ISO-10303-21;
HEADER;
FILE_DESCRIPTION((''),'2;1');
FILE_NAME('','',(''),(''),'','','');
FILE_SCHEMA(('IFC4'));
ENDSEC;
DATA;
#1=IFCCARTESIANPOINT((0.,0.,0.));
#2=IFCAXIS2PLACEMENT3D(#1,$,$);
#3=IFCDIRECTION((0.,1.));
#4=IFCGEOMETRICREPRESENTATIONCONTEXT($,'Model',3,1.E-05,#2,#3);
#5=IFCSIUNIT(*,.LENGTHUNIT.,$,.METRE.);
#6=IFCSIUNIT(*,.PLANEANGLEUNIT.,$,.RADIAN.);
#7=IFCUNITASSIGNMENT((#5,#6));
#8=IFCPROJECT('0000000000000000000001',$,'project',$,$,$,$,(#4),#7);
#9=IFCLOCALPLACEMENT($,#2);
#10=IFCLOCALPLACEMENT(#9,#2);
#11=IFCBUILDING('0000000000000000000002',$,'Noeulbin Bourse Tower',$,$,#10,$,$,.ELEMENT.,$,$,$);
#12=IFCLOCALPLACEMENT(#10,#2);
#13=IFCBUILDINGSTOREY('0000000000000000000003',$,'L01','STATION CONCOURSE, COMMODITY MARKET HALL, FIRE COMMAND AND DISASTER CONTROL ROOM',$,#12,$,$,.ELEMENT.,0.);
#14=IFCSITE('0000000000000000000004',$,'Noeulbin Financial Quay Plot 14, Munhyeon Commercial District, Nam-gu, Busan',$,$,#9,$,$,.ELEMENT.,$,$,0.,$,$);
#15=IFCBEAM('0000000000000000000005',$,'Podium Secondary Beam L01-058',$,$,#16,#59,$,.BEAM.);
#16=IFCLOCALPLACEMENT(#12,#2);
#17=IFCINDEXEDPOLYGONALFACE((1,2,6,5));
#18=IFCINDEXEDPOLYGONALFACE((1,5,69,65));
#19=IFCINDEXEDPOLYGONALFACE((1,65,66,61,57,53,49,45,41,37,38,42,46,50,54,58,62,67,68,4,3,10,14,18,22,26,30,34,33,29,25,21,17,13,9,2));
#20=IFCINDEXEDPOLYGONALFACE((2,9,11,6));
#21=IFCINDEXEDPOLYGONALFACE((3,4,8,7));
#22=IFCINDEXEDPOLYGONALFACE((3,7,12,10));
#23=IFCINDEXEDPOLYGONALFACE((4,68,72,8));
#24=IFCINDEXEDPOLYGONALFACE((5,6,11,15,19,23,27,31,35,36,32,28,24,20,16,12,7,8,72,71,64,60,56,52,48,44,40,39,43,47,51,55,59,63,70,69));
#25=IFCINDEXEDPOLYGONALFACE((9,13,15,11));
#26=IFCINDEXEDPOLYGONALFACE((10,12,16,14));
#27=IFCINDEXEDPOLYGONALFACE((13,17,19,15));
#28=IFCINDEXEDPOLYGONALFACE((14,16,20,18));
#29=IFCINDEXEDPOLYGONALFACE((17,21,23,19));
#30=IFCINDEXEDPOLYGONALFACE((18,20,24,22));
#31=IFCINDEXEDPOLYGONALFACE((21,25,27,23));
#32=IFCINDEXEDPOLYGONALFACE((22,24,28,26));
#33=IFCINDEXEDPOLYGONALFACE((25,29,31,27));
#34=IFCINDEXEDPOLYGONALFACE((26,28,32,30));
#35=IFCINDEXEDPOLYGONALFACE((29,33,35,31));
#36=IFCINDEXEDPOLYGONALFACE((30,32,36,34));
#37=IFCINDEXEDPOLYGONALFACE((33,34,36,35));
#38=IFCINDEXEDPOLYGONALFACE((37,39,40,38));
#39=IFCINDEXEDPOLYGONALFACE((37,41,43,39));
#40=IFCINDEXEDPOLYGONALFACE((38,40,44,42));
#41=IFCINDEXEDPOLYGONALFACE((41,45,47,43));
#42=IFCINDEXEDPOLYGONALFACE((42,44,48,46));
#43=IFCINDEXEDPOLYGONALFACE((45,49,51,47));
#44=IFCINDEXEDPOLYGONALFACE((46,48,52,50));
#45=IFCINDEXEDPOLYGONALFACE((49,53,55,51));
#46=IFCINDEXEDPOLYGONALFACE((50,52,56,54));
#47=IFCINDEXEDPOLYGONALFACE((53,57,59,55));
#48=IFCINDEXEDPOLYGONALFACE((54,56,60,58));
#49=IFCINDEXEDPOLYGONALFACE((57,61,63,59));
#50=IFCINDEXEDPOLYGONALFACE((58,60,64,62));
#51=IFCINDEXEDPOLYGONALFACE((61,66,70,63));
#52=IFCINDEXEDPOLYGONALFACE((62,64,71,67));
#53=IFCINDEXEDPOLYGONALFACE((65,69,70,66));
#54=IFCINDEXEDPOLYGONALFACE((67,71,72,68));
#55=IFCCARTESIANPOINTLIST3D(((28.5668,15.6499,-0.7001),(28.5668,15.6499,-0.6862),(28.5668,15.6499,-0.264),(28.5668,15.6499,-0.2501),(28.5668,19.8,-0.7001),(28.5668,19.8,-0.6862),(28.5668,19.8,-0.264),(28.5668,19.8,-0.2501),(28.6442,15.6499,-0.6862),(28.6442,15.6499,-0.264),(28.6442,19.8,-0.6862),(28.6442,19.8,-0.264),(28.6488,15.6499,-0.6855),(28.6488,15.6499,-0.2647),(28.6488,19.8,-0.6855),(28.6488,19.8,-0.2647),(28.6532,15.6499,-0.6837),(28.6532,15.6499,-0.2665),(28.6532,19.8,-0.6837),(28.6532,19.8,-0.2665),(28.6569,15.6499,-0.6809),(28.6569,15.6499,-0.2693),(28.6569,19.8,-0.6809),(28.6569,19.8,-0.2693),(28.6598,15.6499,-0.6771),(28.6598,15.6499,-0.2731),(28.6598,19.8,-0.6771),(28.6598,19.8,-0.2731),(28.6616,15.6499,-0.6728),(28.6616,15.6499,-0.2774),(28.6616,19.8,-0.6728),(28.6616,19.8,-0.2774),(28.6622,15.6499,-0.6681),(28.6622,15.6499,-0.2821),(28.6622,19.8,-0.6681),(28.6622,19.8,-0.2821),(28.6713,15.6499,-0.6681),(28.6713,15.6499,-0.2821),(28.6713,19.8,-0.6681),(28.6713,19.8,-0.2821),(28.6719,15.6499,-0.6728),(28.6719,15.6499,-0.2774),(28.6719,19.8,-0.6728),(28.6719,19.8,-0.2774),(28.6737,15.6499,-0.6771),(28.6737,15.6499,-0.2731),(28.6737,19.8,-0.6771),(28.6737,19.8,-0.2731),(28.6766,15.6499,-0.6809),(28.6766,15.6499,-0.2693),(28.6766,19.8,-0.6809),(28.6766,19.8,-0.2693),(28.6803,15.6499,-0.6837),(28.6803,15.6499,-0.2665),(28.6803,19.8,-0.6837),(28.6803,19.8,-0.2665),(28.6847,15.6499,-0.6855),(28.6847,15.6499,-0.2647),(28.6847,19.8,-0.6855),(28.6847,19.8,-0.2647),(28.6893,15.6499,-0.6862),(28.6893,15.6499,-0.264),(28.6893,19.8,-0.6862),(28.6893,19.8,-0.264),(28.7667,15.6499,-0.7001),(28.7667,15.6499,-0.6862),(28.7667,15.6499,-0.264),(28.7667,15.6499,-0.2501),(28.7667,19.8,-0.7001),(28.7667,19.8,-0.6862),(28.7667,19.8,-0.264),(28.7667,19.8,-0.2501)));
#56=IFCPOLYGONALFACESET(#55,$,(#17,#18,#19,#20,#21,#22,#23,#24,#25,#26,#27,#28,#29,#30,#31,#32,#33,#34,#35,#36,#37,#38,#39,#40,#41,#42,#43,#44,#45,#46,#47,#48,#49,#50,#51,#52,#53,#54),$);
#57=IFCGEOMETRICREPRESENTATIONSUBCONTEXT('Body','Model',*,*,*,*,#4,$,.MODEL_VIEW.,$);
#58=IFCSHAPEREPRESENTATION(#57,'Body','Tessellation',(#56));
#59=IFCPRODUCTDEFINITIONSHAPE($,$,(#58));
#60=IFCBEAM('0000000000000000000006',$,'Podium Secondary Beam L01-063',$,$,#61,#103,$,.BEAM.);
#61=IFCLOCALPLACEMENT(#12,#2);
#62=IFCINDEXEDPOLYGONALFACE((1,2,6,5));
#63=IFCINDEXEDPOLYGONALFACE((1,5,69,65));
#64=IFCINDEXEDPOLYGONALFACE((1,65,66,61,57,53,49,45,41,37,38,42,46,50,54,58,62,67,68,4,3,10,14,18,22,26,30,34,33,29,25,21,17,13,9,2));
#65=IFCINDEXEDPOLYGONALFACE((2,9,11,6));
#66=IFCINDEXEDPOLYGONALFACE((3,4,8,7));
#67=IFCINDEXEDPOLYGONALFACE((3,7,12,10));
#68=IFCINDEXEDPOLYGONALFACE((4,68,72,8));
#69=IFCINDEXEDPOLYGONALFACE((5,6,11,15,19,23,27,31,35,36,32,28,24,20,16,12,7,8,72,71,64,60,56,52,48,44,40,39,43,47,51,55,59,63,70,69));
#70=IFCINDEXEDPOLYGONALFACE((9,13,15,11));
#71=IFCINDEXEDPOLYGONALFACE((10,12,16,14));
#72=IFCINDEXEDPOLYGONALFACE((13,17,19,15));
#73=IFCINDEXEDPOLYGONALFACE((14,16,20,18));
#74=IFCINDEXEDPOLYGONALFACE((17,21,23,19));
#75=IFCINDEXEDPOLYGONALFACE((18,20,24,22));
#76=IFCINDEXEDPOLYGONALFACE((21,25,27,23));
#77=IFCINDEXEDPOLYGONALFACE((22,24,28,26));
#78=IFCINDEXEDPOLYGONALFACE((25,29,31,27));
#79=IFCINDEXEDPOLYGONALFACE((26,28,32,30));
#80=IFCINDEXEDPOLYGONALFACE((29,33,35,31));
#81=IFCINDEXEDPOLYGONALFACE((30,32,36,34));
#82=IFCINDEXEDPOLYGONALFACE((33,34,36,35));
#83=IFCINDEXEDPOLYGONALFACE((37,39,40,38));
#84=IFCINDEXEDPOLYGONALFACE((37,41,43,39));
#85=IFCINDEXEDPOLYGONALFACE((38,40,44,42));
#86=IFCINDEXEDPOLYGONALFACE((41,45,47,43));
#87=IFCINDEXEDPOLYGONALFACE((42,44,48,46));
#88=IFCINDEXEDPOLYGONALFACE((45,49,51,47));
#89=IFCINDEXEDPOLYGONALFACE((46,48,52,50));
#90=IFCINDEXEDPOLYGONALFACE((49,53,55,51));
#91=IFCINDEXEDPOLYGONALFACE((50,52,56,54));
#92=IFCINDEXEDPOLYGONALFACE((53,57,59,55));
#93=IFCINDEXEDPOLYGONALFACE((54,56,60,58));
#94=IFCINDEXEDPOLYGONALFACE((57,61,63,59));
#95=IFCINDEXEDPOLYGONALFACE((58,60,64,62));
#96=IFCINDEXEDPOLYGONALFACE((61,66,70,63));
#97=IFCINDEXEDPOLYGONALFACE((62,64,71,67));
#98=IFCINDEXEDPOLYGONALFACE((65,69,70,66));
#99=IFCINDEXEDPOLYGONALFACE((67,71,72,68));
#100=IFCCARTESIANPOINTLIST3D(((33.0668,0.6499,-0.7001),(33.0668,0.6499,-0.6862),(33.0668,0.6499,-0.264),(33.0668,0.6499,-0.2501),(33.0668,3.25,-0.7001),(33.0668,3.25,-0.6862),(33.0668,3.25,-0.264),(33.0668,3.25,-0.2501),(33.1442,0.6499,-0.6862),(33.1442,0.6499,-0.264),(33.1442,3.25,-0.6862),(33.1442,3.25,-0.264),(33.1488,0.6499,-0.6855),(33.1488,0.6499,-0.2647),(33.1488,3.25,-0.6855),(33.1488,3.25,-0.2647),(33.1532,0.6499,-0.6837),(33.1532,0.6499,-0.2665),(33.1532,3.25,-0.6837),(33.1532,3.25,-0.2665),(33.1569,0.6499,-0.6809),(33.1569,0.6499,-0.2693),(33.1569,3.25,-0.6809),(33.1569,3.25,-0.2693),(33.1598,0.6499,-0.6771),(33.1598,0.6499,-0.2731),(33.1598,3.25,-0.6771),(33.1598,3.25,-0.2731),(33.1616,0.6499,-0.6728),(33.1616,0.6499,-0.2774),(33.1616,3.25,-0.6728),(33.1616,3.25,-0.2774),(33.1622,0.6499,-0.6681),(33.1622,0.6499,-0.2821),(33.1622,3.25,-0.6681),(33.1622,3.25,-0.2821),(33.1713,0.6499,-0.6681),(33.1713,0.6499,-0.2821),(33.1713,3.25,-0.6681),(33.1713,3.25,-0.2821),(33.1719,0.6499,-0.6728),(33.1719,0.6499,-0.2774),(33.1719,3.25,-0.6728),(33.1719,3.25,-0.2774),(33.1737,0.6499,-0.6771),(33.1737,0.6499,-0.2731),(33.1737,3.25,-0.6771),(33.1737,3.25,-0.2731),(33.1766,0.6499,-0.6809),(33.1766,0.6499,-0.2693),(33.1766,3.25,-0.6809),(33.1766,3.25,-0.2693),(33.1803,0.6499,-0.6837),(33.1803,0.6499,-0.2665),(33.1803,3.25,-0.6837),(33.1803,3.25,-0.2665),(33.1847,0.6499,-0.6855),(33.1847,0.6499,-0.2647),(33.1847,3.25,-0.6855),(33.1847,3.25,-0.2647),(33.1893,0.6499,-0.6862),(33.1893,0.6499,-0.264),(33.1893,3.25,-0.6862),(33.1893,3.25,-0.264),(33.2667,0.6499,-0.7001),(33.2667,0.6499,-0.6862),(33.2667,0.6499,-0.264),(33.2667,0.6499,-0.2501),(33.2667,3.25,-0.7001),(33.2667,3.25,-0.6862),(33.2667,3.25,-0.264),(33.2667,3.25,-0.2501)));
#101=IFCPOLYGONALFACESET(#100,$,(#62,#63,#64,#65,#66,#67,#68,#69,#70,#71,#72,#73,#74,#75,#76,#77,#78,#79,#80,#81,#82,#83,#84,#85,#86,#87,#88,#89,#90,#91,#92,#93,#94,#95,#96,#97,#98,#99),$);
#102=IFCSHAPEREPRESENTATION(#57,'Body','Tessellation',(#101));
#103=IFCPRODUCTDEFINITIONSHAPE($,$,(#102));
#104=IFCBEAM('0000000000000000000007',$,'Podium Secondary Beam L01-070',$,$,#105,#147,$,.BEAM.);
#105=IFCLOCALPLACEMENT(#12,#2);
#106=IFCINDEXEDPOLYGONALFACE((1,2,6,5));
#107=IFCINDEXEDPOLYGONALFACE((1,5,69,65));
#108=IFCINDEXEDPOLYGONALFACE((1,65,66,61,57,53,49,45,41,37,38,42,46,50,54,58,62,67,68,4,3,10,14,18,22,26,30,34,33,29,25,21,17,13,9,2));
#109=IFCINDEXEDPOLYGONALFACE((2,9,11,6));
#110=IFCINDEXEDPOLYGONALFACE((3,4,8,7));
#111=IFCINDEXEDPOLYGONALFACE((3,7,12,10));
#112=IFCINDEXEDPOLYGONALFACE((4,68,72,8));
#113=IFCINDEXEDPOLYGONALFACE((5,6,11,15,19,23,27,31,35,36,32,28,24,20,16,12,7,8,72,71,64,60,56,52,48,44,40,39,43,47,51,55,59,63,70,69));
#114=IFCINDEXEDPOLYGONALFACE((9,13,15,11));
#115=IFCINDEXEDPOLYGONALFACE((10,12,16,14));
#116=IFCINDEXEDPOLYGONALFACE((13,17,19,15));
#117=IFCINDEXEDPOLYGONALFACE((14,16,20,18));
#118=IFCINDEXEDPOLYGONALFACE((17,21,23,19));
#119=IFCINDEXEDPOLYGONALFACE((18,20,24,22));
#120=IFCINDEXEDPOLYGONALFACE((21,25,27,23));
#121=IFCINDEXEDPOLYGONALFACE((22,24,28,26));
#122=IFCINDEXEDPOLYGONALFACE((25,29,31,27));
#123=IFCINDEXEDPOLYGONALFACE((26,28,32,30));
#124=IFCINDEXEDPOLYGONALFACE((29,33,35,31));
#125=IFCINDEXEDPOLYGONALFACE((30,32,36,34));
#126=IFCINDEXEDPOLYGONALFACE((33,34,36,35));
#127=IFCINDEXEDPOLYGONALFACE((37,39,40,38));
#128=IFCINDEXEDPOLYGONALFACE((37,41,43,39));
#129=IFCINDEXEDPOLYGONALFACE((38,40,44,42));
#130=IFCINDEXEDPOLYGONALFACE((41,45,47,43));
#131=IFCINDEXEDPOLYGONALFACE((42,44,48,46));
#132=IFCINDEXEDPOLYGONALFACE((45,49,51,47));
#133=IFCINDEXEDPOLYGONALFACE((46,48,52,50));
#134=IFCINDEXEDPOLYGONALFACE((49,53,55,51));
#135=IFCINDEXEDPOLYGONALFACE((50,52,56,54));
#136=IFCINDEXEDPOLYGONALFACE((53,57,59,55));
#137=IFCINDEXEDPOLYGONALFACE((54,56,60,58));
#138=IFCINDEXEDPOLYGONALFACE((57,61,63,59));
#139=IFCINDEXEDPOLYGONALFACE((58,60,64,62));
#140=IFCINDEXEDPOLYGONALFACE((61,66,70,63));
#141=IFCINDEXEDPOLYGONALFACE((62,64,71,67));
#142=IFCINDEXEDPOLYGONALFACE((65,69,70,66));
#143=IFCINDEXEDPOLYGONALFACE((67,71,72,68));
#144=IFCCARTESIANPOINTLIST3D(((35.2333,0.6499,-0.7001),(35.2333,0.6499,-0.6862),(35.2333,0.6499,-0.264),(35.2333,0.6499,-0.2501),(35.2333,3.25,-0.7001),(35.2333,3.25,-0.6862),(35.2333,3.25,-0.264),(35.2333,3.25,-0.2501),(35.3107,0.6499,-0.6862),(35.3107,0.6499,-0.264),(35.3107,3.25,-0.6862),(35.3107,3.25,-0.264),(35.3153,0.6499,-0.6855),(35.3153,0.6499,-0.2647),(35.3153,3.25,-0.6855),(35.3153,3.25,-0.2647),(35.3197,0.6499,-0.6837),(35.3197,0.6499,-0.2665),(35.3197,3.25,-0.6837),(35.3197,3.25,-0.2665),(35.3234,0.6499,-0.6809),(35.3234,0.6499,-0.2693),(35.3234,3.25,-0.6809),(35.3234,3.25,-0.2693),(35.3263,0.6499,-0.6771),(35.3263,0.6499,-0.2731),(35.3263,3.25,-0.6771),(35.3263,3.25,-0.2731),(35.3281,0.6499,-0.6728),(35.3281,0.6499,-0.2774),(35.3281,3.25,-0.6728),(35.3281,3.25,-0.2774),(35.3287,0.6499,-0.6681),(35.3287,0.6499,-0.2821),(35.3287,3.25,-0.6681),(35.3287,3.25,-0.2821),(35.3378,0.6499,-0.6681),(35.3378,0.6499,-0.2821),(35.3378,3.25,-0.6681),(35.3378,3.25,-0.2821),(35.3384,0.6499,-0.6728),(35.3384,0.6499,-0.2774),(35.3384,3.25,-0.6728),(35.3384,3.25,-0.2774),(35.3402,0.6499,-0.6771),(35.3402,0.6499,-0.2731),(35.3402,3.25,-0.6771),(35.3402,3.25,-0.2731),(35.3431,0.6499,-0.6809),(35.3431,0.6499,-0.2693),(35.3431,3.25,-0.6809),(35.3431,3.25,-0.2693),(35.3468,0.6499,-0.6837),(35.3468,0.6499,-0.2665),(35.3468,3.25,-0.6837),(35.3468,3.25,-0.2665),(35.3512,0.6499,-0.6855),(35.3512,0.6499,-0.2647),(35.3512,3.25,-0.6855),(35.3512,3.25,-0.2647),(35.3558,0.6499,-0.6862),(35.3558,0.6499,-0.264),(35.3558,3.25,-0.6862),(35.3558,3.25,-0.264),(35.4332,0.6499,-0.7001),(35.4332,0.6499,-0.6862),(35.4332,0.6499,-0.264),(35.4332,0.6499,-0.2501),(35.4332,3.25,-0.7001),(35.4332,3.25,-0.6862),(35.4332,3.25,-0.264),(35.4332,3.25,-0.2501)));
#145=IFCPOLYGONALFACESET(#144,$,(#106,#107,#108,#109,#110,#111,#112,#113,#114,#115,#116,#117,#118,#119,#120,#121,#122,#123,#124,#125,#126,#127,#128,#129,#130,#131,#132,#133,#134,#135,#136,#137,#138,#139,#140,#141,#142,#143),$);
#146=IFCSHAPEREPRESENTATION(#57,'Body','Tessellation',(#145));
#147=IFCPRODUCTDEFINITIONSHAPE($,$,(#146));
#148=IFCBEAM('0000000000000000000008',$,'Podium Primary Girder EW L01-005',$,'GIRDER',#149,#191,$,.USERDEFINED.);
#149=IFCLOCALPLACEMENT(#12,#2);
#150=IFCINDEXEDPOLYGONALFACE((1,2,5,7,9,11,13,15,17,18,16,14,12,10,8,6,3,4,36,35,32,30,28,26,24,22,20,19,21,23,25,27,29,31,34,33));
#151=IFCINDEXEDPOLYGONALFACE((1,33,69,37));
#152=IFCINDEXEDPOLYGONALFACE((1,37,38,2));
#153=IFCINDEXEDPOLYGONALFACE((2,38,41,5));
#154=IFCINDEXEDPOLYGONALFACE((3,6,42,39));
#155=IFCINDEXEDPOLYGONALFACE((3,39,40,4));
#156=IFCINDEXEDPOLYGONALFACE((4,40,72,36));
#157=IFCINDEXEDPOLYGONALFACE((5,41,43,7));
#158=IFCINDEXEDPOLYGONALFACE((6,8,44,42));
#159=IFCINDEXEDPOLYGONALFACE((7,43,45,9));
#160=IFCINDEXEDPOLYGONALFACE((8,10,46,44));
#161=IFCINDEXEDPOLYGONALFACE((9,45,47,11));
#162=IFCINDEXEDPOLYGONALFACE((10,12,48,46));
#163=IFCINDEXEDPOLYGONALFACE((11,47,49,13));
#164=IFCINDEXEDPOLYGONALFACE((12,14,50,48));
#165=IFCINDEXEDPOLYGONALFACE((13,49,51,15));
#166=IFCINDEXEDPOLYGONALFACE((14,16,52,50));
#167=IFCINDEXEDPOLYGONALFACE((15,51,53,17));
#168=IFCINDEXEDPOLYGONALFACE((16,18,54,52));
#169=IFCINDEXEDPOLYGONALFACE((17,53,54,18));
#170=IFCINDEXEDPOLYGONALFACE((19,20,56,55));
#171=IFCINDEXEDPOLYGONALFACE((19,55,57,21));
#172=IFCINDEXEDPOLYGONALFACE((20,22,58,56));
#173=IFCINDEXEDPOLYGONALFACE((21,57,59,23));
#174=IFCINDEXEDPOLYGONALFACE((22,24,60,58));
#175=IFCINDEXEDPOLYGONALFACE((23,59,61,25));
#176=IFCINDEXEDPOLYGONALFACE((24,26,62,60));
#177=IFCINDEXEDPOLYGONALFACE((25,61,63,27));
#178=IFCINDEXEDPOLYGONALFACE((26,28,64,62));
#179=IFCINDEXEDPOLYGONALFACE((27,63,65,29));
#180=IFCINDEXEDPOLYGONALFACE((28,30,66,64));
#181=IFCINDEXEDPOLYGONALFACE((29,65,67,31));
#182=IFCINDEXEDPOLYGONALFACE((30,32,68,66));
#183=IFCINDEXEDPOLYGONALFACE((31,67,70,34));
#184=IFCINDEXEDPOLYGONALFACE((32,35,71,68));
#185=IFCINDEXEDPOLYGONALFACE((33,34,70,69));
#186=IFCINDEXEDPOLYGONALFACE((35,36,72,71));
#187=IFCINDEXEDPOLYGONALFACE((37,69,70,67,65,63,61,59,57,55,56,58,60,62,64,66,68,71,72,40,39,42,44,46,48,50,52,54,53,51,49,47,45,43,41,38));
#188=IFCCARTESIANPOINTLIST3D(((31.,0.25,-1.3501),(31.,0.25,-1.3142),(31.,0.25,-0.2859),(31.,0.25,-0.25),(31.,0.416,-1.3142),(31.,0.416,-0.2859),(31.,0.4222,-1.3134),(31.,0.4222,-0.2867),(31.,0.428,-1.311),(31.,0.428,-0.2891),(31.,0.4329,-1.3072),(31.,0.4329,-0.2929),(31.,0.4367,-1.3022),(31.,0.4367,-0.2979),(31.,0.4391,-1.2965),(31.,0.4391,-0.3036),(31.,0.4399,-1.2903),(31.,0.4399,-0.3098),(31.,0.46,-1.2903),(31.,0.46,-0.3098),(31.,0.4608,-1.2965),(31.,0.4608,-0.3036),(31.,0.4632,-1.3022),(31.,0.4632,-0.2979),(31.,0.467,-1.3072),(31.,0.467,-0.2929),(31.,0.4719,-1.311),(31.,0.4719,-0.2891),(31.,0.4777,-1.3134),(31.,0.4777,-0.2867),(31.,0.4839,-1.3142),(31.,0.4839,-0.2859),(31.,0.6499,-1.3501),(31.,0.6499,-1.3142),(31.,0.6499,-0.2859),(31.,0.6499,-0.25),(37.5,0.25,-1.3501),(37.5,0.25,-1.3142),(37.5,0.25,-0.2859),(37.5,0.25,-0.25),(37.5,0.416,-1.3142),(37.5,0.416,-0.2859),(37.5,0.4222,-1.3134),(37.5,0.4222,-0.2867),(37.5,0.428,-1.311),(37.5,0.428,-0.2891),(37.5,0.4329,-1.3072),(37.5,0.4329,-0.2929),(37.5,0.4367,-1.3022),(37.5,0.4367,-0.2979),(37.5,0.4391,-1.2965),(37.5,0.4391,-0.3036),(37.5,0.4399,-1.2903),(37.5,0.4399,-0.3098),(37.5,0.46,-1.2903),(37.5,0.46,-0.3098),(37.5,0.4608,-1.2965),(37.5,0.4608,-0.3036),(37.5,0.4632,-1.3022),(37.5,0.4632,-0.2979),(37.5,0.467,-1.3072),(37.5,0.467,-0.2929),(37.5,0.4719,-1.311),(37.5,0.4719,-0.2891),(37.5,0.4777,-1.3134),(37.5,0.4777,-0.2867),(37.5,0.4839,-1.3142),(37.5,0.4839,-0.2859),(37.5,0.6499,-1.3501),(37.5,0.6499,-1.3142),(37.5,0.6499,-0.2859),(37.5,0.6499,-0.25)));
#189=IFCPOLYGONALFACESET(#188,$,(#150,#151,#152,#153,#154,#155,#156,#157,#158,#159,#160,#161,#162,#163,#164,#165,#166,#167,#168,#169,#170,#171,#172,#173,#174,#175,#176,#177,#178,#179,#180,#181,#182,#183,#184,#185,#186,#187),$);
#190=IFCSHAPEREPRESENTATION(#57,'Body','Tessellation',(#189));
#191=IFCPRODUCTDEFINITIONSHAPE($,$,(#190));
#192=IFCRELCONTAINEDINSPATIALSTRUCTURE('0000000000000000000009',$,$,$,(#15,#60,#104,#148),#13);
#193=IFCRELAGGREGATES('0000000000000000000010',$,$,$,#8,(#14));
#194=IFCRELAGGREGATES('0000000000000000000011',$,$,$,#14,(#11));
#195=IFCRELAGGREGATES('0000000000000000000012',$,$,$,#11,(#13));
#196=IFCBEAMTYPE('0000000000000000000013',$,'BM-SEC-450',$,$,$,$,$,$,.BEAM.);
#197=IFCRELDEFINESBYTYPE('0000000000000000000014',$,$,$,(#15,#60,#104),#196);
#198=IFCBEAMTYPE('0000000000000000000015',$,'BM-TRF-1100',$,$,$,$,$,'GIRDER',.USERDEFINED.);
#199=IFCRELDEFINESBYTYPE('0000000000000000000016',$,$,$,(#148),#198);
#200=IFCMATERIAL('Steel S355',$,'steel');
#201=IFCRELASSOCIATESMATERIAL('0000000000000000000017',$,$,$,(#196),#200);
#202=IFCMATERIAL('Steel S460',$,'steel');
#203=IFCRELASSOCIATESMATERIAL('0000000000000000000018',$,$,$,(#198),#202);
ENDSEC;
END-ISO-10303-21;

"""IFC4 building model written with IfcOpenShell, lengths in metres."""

from ifc_helpers import new_model, si_unit, direction, frame, origin, origin_2d, place, context, subcontext, project, spatial, i_section, extrude, material, material_profile, profile_set, type_object, element, save


model = new_model("IFC4")

# Units and contexts
model_context = context("Model", 3, precision=1e-05, world=origin(), true_north=direction((0.0, 1.0)))
body_context = subcontext(model_context, "Body", "Model", "MODEL_VIEW")
ifc_project = project(units=[si_unit("LENGTHUNIT", "METRE"), si_unit("PLANEANGLEUNIT", "RADIAN")], contexts=[model_context])

# Site, building, storey
site_placement = place(None, origin())
site = spatial("IfcSite", under=ifc_project, at=site_placement, Name="Noeulbin Financial Quay Plot 14, Munhyeon Commercial District, Nam-gu, Busan", CompositionType="ELEMENT", RefElevation=0.0)
building_placement = place(site_placement, origin())
building = spatial("IfcBuilding", under=site, at=building_placement, Name="Noeulbin Bourse Tower", CompositionType="ELEMENT")
storey_placement = place(building_placement, origin())
storey = spatial("IfcBuildingStorey", under=building, at=storey_placement, Name="L01", Description="STATION CONCOURSE, COMMODITY MARKET HALL, FIRE COMMAND AND DISASTER CONTROL ROOM", CompositionType="ELEMENT", Elevation=0.0)

# Shared definitions
ifc_material_1 = material(Name="Steel S355", Category="steel")

# Beams
ifc_material_profile_1 = material_profile(ifc_material_1, i_section(OverallWidth=0.2, OverallDepth=0.45, WebThickness=0.009, FlangeThickness=0.0139, FilletRadius=0.0181, at=origin_2d()), Name="H-450x200x9x14", Category="LoadBearing")
ifc_profile_set_1 = profile_set([ifc_material_profile_1], Name="Steel S355")
beam_type_1 = type_object("IfcBeamType", Name="BM-SEC-450", PredefinedType="BEAM", material=ifc_profile_set_1)
beam_1_placement = place(storey_placement, frame((28.6667, 15.6499, -0.4751), z_axis=(0.0, 1.0, 0.0), x_axis=(-1.0, 0.0, 0.0)))
element("IfcBeam", 1, at=beam_1_placement, inside=storey, type_object=beam_type_1, Name="Podium Secondary Beam L01-058", PredefinedType="BEAM", context=body_context, shape_type="SweptSolid", body=[
    extrude(i_section(OverallWidth=0.2, OverallDepth=0.45, WebThickness=0.009, FlangeThickness=0.0139, FilletRadius=0.0181, at=origin_2d()), origin(), (0.0, 0.0, 1.0), 4.1501),
])
for number, where, z_axis, x_axis, name in (
    (2, (33.1667, 0.6499, -0.4751), (0.0, 1.0, 0.0), (-1.0, 0.0, 0.0), "Podium Secondary Beam L01-063"),
    (3, (35.3333, 0.6499, -0.4751), (0.0, 1.0, 0.0), (-1.0, 0.0, 0.0), "Podium Secondary Beam L01-070"),
):
    element("IfcBeam", number, at=place(storey_placement, frame(where, z_axis=z_axis, x_axis=x_axis)), inside=storey, type_object=beam_type_1, Name=name, PredefinedType="BEAM", context=body_context, shape_type="SweptSolid", body=[
        extrude(i_section(OverallWidth=0.2, OverallDepth=0.45, WebThickness=0.009, FlangeThickness=0.0139, FilletRadius=0.0181, at=origin_2d()), origin(), (0.0, 0.0, 1.0), 2.6001),
    ])
ifc_material_2 = material(Name="Steel S460", Category="steel")
ifc_material_profile_2 = material_profile(ifc_material_2, i_section(OverallWidth=0.3999, OverallDepth=1.1001, WebThickness=0.02, FlangeThickness=0.0359, FilletRadius=0.0239, at=origin_2d()), Name="PG-1100x400x20x36", Category="LoadBearing")
ifc_profile_set_2 = profile_set([ifc_material_profile_2], Name="Steel S460")
beam_type_2 = type_object("IfcBeamType", Name="BM-TRF-1100", ElementType="GIRDER", PredefinedType="USERDEFINED", material=ifc_profile_set_2)
for number, where, z_axis, x_axis, name in (
    (4, (31.0, 0.45, -0.8), (1.0, 0.0, 0.0), (0.0, 1.0, 0.0), "Podium Primary Girder EW L01-005"),
):
    element("IfcBeam", number, at=place(storey_placement, frame(where, z_axis=z_axis, x_axis=x_axis)), inside=storey, type_object=beam_type_2, Name=name, ObjectType="GIRDER", PredefinedType="USERDEFINED", context=body_context, shape_type="SweptSolid", body=[
        extrude(i_section(OverallWidth=0.3999, OverallDepth=1.1001, WebThickness=0.02, FlangeThickness=0.0359, FilletRadius=0.0239, at=origin_2d()), origin(), (0.0, 0.0, 1.0), 6.5),
    ])

save(model, "model.ifc")
